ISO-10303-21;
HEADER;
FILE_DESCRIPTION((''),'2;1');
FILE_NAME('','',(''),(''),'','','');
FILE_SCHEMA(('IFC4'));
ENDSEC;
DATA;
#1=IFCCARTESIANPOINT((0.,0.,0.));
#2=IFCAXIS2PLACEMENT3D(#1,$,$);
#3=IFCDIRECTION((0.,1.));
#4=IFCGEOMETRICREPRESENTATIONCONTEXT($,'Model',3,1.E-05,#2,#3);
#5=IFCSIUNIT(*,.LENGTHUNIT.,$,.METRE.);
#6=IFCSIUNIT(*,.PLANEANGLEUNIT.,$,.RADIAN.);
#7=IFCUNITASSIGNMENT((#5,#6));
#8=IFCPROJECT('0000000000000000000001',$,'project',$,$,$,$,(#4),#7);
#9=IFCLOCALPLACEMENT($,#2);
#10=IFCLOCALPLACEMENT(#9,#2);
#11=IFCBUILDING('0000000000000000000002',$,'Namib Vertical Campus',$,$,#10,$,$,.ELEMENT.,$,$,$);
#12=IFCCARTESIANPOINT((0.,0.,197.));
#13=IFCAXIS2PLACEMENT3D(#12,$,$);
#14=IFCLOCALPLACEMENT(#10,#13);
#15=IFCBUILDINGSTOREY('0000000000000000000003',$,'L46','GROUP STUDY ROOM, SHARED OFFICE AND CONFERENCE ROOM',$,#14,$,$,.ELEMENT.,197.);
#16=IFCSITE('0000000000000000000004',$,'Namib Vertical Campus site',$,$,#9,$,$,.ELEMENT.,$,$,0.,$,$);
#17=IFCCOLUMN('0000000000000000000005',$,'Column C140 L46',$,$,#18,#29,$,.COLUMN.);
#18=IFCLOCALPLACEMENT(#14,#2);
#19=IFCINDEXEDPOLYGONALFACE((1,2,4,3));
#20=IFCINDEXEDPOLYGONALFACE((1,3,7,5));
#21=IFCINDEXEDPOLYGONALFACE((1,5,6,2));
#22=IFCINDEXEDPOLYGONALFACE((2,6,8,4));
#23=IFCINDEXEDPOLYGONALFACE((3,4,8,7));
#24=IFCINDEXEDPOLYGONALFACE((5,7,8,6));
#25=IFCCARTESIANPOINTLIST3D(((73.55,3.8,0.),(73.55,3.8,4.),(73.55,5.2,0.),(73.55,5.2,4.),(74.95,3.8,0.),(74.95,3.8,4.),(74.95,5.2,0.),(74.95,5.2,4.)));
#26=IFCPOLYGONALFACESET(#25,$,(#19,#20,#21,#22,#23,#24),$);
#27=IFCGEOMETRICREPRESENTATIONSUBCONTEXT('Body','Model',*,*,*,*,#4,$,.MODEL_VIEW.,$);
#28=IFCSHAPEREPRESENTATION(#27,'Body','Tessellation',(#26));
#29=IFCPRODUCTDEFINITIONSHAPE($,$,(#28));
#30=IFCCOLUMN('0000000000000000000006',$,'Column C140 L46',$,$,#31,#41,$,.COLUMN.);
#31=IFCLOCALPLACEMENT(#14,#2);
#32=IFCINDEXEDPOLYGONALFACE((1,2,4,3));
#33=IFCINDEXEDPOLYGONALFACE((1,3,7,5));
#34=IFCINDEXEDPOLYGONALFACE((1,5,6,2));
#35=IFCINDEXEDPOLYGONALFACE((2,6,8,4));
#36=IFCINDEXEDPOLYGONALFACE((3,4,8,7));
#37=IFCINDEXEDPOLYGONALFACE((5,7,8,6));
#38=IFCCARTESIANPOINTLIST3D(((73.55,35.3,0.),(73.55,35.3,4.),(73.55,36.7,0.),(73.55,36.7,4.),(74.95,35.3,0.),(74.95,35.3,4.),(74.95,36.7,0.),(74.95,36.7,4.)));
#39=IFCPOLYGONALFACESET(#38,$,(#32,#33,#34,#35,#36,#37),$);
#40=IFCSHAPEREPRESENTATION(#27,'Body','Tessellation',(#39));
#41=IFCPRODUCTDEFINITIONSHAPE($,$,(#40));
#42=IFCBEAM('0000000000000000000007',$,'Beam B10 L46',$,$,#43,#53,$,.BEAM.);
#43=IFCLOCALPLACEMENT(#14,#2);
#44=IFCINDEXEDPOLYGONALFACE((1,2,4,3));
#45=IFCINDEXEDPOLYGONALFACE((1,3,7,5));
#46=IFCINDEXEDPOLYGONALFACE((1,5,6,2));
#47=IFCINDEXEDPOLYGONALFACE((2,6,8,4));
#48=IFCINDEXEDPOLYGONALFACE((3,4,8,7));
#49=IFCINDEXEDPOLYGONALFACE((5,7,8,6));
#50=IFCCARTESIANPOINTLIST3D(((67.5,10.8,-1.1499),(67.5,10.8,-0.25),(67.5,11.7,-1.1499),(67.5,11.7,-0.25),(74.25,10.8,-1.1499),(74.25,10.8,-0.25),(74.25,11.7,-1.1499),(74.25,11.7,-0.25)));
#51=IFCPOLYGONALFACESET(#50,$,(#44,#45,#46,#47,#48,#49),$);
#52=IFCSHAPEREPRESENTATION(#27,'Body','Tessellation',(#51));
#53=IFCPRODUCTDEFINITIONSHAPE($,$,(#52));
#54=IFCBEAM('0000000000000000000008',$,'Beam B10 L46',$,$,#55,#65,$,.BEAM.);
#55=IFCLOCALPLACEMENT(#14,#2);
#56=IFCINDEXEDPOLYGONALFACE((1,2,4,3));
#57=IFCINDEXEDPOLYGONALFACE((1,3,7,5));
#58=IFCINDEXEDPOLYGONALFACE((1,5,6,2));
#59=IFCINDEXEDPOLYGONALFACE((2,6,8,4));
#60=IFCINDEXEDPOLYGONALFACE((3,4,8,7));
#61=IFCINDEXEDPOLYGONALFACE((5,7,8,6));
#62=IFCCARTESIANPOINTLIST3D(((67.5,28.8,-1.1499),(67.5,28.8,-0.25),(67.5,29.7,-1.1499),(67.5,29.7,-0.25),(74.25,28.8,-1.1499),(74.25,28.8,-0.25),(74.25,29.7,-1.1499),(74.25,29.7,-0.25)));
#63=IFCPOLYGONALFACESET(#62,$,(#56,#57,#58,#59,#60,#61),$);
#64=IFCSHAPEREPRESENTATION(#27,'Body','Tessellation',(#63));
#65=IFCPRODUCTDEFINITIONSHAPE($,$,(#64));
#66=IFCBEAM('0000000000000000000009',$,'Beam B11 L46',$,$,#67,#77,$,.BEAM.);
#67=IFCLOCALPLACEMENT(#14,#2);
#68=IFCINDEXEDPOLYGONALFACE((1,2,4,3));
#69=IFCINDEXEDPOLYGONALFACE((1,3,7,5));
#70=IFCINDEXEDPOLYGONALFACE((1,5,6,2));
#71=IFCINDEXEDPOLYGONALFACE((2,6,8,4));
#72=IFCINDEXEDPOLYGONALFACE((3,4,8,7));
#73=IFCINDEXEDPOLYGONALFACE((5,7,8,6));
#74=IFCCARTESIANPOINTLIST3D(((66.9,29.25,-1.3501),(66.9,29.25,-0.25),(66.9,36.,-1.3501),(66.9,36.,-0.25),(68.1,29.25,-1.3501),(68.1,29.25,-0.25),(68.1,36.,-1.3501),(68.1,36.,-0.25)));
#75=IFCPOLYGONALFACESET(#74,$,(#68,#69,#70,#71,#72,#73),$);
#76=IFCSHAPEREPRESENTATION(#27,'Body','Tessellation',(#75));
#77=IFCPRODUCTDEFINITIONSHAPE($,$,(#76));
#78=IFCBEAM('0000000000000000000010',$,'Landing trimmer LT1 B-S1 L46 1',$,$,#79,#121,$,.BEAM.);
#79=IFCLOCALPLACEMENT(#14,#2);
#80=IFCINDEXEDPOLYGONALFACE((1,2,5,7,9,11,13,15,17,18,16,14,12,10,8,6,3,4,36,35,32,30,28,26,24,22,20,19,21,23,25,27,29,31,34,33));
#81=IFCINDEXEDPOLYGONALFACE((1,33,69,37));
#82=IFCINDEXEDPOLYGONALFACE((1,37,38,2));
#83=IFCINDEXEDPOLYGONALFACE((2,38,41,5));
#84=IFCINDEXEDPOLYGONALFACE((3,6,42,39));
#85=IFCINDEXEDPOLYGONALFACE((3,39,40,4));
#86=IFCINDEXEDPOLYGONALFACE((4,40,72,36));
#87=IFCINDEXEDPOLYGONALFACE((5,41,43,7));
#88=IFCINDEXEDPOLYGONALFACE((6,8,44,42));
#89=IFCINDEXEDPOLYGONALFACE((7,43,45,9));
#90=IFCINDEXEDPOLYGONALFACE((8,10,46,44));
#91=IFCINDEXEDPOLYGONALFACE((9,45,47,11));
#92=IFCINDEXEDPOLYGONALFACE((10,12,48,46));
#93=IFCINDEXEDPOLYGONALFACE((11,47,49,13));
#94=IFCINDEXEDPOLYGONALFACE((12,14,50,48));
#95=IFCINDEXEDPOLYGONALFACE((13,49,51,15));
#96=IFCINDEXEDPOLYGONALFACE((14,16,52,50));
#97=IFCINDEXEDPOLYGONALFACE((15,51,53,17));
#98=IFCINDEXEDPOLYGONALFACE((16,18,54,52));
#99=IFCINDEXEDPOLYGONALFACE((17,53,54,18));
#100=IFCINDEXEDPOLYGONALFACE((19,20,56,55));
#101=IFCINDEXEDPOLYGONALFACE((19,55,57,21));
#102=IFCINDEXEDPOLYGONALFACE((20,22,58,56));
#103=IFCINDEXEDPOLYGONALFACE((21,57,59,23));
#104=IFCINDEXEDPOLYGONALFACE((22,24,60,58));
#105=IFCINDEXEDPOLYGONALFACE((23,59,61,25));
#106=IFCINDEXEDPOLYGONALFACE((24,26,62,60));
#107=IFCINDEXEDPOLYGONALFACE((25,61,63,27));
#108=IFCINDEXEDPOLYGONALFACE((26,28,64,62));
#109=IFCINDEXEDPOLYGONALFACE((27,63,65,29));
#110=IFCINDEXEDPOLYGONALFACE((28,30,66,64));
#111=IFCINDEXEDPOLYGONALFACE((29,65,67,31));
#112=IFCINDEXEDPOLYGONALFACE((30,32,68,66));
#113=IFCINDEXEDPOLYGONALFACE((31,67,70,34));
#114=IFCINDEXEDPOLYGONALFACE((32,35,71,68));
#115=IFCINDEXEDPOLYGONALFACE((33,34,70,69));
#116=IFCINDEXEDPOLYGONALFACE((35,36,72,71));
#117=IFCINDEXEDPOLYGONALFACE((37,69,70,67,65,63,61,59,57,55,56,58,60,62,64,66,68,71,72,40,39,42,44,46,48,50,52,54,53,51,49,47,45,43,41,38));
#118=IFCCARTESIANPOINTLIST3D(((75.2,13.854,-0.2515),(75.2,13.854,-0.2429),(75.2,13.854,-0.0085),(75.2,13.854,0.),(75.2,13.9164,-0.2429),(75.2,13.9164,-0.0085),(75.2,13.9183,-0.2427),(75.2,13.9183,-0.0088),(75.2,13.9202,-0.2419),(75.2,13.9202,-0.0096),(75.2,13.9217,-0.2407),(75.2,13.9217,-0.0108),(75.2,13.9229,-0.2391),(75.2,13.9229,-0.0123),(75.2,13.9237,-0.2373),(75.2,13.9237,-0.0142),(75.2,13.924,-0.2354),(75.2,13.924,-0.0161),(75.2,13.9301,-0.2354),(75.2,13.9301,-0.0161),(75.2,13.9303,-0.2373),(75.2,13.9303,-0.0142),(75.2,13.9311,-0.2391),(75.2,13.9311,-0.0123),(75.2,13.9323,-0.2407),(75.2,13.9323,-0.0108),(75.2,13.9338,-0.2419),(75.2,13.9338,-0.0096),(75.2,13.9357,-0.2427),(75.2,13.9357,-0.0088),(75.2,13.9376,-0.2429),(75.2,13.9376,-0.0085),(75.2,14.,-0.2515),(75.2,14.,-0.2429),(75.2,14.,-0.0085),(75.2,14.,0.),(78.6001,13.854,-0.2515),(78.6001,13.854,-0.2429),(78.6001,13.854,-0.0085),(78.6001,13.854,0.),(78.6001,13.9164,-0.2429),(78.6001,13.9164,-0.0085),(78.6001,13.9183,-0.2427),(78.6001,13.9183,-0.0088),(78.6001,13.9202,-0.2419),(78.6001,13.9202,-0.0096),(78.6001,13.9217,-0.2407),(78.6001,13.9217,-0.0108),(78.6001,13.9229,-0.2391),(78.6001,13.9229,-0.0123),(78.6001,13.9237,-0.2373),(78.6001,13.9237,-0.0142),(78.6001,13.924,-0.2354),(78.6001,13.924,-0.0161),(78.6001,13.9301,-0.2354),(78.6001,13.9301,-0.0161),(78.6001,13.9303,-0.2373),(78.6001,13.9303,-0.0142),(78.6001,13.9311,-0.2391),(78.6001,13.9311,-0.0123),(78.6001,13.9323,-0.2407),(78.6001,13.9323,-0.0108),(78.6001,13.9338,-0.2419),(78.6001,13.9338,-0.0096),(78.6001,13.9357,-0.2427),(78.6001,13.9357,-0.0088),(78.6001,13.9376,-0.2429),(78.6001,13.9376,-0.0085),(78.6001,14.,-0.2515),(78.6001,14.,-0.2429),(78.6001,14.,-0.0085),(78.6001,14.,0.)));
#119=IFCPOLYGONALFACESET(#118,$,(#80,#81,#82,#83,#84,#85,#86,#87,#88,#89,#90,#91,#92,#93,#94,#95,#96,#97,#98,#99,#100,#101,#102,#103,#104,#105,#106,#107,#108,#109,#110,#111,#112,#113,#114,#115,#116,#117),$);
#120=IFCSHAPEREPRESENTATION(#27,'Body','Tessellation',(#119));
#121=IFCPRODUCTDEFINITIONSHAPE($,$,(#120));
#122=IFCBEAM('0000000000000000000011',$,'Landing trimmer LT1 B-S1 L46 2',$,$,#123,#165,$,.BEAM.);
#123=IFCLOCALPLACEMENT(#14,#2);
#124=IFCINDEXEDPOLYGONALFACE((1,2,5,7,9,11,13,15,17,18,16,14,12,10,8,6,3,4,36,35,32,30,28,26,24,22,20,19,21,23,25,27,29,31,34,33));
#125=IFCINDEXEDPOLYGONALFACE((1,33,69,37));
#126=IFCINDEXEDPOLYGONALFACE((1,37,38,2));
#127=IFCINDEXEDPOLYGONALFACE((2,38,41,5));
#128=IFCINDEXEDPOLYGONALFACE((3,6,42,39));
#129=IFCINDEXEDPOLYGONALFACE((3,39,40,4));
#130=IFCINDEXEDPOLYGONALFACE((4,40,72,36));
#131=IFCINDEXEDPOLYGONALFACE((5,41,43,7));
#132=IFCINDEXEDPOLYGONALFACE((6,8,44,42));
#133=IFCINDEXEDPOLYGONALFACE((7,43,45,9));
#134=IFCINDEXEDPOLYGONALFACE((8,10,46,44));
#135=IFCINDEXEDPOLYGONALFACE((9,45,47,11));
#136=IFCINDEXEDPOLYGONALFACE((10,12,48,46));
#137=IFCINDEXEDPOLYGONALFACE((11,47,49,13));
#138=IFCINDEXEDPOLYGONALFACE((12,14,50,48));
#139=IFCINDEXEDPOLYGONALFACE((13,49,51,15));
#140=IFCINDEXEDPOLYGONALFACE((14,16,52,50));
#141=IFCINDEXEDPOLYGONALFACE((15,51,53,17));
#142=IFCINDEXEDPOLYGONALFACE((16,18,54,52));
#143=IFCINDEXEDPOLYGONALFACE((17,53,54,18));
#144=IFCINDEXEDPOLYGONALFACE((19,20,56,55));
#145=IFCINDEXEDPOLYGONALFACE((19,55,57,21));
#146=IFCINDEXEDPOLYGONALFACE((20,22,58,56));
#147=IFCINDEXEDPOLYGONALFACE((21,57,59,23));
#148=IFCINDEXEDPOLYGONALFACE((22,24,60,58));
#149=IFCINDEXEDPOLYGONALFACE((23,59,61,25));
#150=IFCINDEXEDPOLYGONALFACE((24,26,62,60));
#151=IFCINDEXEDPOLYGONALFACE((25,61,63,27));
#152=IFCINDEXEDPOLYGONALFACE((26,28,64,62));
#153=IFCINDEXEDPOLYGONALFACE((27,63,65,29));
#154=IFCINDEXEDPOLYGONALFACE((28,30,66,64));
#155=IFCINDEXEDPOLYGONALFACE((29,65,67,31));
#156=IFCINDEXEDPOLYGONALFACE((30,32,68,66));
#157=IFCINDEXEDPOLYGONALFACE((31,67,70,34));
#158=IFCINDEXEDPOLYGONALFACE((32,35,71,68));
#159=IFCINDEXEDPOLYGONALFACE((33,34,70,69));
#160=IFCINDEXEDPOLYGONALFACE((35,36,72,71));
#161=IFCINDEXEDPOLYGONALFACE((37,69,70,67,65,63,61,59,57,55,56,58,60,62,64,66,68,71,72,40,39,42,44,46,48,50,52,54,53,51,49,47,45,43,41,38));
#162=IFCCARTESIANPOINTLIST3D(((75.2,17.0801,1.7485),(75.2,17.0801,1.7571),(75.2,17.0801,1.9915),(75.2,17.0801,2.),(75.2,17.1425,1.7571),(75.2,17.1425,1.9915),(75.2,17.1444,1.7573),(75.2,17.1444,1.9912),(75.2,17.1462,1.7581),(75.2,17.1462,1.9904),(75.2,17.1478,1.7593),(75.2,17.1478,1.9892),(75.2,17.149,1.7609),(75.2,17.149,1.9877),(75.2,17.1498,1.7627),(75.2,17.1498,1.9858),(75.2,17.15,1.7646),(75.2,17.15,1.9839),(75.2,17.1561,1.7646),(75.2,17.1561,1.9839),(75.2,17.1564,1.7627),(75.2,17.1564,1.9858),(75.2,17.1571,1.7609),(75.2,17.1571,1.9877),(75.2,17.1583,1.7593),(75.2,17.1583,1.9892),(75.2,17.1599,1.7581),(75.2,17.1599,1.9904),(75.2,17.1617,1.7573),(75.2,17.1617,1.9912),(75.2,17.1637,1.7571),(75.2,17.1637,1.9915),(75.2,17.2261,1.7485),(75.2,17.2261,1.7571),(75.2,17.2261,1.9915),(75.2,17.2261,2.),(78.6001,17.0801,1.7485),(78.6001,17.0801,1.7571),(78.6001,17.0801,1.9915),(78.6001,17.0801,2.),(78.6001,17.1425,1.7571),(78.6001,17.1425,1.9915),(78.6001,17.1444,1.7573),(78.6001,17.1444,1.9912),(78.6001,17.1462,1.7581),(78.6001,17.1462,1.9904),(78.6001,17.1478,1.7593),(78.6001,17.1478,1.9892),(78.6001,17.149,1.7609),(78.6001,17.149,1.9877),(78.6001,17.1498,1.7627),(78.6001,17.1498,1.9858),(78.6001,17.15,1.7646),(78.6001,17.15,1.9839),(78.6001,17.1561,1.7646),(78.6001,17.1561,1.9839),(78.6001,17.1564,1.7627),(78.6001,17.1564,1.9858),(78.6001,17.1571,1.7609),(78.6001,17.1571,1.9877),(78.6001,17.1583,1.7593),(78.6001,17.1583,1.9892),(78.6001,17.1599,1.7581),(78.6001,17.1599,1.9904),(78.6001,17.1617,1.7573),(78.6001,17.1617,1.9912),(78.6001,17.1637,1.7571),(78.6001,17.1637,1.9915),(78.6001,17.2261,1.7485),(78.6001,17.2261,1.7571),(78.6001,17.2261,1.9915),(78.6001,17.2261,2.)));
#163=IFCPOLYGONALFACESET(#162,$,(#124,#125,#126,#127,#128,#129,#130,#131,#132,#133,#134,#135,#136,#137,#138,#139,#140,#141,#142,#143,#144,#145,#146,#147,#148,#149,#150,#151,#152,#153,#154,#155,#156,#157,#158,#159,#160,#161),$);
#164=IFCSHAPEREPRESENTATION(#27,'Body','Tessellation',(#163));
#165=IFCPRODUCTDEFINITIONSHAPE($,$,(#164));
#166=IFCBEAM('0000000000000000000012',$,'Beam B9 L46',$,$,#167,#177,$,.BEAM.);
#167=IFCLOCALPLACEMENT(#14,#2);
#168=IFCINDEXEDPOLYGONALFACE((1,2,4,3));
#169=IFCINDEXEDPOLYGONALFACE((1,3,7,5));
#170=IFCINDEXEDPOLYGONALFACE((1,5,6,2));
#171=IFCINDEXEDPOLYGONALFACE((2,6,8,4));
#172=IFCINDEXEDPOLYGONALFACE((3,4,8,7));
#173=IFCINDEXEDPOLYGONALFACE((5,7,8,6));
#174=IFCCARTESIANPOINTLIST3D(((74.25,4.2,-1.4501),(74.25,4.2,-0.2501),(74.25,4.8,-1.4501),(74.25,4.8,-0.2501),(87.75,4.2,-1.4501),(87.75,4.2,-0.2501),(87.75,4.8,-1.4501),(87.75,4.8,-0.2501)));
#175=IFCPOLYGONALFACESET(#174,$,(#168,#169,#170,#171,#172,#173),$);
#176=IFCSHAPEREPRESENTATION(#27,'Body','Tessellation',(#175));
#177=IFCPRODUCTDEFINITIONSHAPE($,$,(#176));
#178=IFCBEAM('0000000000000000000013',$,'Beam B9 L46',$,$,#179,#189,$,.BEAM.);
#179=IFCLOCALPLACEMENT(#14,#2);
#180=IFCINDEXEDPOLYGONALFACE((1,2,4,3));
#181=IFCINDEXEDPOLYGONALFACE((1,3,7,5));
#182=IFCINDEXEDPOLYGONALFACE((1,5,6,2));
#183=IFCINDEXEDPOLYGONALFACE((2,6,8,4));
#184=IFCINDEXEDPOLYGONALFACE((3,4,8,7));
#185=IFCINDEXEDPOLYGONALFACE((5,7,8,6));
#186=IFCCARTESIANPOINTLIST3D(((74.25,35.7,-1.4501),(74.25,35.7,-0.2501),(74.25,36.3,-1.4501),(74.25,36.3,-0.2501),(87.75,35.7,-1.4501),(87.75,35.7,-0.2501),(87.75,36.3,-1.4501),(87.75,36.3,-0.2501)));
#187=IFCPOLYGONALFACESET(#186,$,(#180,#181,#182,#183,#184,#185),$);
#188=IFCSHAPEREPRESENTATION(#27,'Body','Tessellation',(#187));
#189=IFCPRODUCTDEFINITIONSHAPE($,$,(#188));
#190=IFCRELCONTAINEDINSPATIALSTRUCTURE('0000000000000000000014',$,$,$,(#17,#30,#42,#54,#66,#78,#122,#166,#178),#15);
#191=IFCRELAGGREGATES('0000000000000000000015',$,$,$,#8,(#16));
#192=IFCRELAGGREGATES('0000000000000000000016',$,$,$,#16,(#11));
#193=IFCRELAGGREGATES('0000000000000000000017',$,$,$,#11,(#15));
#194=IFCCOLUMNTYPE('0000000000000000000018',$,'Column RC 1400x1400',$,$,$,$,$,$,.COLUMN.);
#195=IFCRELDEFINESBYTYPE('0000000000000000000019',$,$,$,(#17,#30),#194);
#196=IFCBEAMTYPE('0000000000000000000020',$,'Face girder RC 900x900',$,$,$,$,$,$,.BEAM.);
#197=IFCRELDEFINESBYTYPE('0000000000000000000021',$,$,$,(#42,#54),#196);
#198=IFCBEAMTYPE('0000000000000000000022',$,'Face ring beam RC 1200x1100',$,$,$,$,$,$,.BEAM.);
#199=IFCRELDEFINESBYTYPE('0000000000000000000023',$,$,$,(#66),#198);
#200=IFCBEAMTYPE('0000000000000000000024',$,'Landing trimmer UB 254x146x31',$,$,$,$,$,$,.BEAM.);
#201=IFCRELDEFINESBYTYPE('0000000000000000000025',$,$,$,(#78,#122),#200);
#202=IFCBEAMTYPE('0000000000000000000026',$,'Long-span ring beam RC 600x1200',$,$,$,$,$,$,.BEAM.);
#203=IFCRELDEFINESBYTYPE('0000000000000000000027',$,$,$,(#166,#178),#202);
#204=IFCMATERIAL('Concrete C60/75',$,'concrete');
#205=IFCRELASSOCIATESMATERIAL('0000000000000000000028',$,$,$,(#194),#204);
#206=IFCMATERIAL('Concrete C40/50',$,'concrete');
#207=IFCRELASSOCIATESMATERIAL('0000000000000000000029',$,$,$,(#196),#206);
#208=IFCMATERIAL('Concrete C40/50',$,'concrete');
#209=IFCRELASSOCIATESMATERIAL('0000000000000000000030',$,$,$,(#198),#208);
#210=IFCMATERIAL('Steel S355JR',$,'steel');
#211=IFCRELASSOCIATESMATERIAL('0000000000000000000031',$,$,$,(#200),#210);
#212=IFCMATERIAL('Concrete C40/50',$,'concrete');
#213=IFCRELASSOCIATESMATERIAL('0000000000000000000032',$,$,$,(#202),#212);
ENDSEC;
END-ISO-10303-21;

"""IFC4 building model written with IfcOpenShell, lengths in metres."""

from ifc_helpers import new_model, si_unit, direction, frame, origin, origin_2d, place, context, subcontext, project, spatial, rectangle, i_section, extrude, material, material_profile, profile_set, type_object, element, save


model = new_model("IFC4")

# Units and contexts
model_context = context("Model", 3, precision=1e-05, world=origin(), true_north=direction((0.0, 1.0)))
body_context = subcontext(model_context, "Body", "Model", "MODEL_VIEW")
ifc_project = project(units=[si_unit("LENGTHUNIT", "METRE"), si_unit("PLANEANGLEUNIT", "RADIAN")], contexts=[model_context])

# Site, building, storey
site_placement = place(None, origin())
site = spatial("IfcSite", under=ifc_project, at=site_placement, Name="Namib Vertical Campus site", CompositionType="ELEMENT", RefElevation=0.0)
building_placement = place(site_placement, origin())
building = spatial("IfcBuilding", under=site, at=building_placement, Name="Namib Vertical Campus", CompositionType="ELEMENT")
storey_placement = place(building_placement, frame((0.0, 0.0, 197.0)))
storey = spatial("IfcBuildingStorey", under=building, at=storey_placement, Name="L46", Description="GROUP STUDY ROOM, SHARED OFFICE AND CONFERENCE ROOM", CompositionType="ELEMENT", Elevation=197.0)

# Columns
ifc_material_1 = material(Name="Concrete C60/75", Category="concrete")
ifc_material_profile_1 = material_profile(ifc_material_1, rectangle(XDim=1.3999, YDim=1.3999, at=origin_2d()))
ifc_profile_set_1 = profile_set([ifc_material_profile_1], Name="Concrete C60/75")
column_type = type_object("IfcColumnType", Name="Column RC 1400x1400", PredefinedType="COLUMN", material=ifc_profile_set_1)
for number, where, z_axis, x_axis, name in (
    (1, (74.25, 4.5, 0.0), (0.0, 0.0, 1.0), (1.0, 0.0, 0.0), "Column C140 L46"),
    (2, (74.25, 36.0, 0.0), (0.0, 0.0, 1.0), (1.0, 0.0, 0.0), "Column C140 L46"),
):
    element("IfcColumn", number, at=place(storey_placement, frame(where, z_axis=z_axis, x_axis=x_axis)), inside=storey, type_object=column_type, Name=name, PredefinedType="COLUMN", context=body_context, shape_type="SweptSolid", body=[
        extrude(rectangle(XDim=1.3999, YDim=1.3999, at=origin_2d()), origin(), (0.0, 0.0, 1.0), 4.0),
    ])

# Beams
ifc_material_2 = material(Name="Concrete C40/50", Category="concrete")
ifc_material_profile_2 = material_profile(ifc_material_2, rectangle(XDim=0.8999, YDim=0.8999, at=origin_2d()))
ifc_profile_set_2 = profile_set([ifc_material_profile_2], Name="Concrete C40/50")
beam_type_1 = type_object("IfcBeamType", Name="Face girder RC 900x900", PredefinedType="BEAM", material=ifc_profile_set_2)
for number, where, z_axis, x_axis, name in (
    (3, (67.5, 11.25, -0.7), (1.0, 0.0, 0.0), (0.0, 1.0, 0.0), "Beam B10 L46"),
    (4, (67.5, 29.25, -0.7), (1.0, 0.0, 0.0), (0.0, 1.0, 0.0), "Beam B10 L46"),
):
    element("IfcBeam", number, at=place(storey_placement, frame(where, z_axis=z_axis, x_axis=x_axis)), inside=storey, type_object=beam_type_1, Name=name, PredefinedType="BEAM", context=body_context, shape_type="SweptSolid", body=[
        extrude(rectangle(XDim=0.8999, YDim=0.8999, at=origin_2d()), origin(), (0.0, 0.0, 1.0), 6.75),
    ])
ifc_material_3 = material(Name="Concrete C40/50", Category="concrete")
ifc_material_profile_3 = material_profile(ifc_material_3, rectangle(XDim=1.2, YDim=1.1001, at=origin_2d()))
ifc_profile_set_3 = profile_set([ifc_material_profile_3], Name="Concrete C40/50")
beam_type_2 = type_object("IfcBeamType", Name="Face ring beam RC 1200x1100", PredefinedType="BEAM", material=ifc_profile_set_3)
beam_placement = place(storey_placement, frame((67.5, 29.25, -0.8), z_axis=(0.0, 1.0, 0.0), x_axis=(-1.0, 0.0, 0.0)))
element("IfcBeam", 5, at=beam_placement, inside=storey, type_object=beam_type_2, Name="Beam B11 L46", PredefinedType="BEAM", context=body_context, shape_type="SweptSolid", body=[
    extrude(rectangle(XDim=1.2, YDim=1.1001, at=origin_2d()), origin(), (0.0, 0.0, 1.0), 6.75),
])
ifc_material_4 = material(Name="Steel S355JR", Category="steel")
ifc_material_profile_4 = material_profile(ifc_material_4, i_section(OverallWidth=0.146, OverallDepth=0.2515, WebThickness=0.0061, FlangeThickness=0.0085, FilletRadius=0.0076, at=origin_2d()))
ifc_profile_set_4 = profile_set([ifc_material_profile_4], Name="Steel S355JR")
beam_type_3 = type_object("IfcBeamType", Name="Landing trimmer UB 254x146x31", PredefinedType="BEAM", material=ifc_profile_set_4)
for number, where, z_axis, x_axis, name in (
    (6, (75.2, 13.927, -0.1257), (1.0, 0.0, 0.0), (0.0, 1.0, 0.0), "Landing trimmer LT1 B-S1 L46 1"),
    (7, (75.2, 17.1531, 1.8743), (1.0, 0.0, 0.0), (0.0, 1.0, 0.0), "Landing trimmer LT1 B-S1 L46 2"),
):
    element("IfcBeam", number, at=place(storey_placement, frame(where, z_axis=z_axis, x_axis=x_axis)), inside=storey, type_object=beam_type_3, Name=name, PredefinedType="BEAM", context=body_context, shape_type="SweptSolid", body=[
        extrude(i_section(OverallWidth=0.146, OverallDepth=0.2515, WebThickness=0.0061, FlangeThickness=0.0085, FilletRadius=0.0076, at=origin_2d()), origin(), (0.0, 0.0, 1.0), 3.4001),
    ])
ifc_material_5 = material(Name="Concrete C40/50", Category="concrete")
ifc_material_profile_5 = material_profile(ifc_material_5, rectangle(XDim=0.6001, YDim=1.2, at=origin_2d()))
ifc_profile_set_5 = profile_set([ifc_material_profile_5], Name="Concrete C40/50")
beam_type_4 = type_object("IfcBeamType", Name="Long-span ring beam RC 600x1200", PredefinedType="BEAM", material=ifc_profile_set_5)
for number, where, z_axis, x_axis, name in (
    (8, (74.25, 4.5, -0.8501), (1.0, 0.0, 0.0), (0.0, 1.0, 0.0), "Beam B9 L46"),
    (9, (74.25, 36.0, -0.8501), (1.0, 0.0, 0.0), (0.0, 1.0, 0.0), "Beam B9 L46"),
):
    element("IfcBeam", number, at=place(storey_placement, frame(where, z_axis=z_axis, x_axis=x_axis)), inside=storey, type_object=beam_type_4, Name=name, PredefinedType="BEAM", context=body_context, shape_type="SweptSolid", body=[
        extrude(rectangle(XDim=0.6001, YDim=1.2, at=origin_2d()), origin(), (0.0, 0.0, 1.0), 13.5),
    ])

save(model, "model.ifc")
